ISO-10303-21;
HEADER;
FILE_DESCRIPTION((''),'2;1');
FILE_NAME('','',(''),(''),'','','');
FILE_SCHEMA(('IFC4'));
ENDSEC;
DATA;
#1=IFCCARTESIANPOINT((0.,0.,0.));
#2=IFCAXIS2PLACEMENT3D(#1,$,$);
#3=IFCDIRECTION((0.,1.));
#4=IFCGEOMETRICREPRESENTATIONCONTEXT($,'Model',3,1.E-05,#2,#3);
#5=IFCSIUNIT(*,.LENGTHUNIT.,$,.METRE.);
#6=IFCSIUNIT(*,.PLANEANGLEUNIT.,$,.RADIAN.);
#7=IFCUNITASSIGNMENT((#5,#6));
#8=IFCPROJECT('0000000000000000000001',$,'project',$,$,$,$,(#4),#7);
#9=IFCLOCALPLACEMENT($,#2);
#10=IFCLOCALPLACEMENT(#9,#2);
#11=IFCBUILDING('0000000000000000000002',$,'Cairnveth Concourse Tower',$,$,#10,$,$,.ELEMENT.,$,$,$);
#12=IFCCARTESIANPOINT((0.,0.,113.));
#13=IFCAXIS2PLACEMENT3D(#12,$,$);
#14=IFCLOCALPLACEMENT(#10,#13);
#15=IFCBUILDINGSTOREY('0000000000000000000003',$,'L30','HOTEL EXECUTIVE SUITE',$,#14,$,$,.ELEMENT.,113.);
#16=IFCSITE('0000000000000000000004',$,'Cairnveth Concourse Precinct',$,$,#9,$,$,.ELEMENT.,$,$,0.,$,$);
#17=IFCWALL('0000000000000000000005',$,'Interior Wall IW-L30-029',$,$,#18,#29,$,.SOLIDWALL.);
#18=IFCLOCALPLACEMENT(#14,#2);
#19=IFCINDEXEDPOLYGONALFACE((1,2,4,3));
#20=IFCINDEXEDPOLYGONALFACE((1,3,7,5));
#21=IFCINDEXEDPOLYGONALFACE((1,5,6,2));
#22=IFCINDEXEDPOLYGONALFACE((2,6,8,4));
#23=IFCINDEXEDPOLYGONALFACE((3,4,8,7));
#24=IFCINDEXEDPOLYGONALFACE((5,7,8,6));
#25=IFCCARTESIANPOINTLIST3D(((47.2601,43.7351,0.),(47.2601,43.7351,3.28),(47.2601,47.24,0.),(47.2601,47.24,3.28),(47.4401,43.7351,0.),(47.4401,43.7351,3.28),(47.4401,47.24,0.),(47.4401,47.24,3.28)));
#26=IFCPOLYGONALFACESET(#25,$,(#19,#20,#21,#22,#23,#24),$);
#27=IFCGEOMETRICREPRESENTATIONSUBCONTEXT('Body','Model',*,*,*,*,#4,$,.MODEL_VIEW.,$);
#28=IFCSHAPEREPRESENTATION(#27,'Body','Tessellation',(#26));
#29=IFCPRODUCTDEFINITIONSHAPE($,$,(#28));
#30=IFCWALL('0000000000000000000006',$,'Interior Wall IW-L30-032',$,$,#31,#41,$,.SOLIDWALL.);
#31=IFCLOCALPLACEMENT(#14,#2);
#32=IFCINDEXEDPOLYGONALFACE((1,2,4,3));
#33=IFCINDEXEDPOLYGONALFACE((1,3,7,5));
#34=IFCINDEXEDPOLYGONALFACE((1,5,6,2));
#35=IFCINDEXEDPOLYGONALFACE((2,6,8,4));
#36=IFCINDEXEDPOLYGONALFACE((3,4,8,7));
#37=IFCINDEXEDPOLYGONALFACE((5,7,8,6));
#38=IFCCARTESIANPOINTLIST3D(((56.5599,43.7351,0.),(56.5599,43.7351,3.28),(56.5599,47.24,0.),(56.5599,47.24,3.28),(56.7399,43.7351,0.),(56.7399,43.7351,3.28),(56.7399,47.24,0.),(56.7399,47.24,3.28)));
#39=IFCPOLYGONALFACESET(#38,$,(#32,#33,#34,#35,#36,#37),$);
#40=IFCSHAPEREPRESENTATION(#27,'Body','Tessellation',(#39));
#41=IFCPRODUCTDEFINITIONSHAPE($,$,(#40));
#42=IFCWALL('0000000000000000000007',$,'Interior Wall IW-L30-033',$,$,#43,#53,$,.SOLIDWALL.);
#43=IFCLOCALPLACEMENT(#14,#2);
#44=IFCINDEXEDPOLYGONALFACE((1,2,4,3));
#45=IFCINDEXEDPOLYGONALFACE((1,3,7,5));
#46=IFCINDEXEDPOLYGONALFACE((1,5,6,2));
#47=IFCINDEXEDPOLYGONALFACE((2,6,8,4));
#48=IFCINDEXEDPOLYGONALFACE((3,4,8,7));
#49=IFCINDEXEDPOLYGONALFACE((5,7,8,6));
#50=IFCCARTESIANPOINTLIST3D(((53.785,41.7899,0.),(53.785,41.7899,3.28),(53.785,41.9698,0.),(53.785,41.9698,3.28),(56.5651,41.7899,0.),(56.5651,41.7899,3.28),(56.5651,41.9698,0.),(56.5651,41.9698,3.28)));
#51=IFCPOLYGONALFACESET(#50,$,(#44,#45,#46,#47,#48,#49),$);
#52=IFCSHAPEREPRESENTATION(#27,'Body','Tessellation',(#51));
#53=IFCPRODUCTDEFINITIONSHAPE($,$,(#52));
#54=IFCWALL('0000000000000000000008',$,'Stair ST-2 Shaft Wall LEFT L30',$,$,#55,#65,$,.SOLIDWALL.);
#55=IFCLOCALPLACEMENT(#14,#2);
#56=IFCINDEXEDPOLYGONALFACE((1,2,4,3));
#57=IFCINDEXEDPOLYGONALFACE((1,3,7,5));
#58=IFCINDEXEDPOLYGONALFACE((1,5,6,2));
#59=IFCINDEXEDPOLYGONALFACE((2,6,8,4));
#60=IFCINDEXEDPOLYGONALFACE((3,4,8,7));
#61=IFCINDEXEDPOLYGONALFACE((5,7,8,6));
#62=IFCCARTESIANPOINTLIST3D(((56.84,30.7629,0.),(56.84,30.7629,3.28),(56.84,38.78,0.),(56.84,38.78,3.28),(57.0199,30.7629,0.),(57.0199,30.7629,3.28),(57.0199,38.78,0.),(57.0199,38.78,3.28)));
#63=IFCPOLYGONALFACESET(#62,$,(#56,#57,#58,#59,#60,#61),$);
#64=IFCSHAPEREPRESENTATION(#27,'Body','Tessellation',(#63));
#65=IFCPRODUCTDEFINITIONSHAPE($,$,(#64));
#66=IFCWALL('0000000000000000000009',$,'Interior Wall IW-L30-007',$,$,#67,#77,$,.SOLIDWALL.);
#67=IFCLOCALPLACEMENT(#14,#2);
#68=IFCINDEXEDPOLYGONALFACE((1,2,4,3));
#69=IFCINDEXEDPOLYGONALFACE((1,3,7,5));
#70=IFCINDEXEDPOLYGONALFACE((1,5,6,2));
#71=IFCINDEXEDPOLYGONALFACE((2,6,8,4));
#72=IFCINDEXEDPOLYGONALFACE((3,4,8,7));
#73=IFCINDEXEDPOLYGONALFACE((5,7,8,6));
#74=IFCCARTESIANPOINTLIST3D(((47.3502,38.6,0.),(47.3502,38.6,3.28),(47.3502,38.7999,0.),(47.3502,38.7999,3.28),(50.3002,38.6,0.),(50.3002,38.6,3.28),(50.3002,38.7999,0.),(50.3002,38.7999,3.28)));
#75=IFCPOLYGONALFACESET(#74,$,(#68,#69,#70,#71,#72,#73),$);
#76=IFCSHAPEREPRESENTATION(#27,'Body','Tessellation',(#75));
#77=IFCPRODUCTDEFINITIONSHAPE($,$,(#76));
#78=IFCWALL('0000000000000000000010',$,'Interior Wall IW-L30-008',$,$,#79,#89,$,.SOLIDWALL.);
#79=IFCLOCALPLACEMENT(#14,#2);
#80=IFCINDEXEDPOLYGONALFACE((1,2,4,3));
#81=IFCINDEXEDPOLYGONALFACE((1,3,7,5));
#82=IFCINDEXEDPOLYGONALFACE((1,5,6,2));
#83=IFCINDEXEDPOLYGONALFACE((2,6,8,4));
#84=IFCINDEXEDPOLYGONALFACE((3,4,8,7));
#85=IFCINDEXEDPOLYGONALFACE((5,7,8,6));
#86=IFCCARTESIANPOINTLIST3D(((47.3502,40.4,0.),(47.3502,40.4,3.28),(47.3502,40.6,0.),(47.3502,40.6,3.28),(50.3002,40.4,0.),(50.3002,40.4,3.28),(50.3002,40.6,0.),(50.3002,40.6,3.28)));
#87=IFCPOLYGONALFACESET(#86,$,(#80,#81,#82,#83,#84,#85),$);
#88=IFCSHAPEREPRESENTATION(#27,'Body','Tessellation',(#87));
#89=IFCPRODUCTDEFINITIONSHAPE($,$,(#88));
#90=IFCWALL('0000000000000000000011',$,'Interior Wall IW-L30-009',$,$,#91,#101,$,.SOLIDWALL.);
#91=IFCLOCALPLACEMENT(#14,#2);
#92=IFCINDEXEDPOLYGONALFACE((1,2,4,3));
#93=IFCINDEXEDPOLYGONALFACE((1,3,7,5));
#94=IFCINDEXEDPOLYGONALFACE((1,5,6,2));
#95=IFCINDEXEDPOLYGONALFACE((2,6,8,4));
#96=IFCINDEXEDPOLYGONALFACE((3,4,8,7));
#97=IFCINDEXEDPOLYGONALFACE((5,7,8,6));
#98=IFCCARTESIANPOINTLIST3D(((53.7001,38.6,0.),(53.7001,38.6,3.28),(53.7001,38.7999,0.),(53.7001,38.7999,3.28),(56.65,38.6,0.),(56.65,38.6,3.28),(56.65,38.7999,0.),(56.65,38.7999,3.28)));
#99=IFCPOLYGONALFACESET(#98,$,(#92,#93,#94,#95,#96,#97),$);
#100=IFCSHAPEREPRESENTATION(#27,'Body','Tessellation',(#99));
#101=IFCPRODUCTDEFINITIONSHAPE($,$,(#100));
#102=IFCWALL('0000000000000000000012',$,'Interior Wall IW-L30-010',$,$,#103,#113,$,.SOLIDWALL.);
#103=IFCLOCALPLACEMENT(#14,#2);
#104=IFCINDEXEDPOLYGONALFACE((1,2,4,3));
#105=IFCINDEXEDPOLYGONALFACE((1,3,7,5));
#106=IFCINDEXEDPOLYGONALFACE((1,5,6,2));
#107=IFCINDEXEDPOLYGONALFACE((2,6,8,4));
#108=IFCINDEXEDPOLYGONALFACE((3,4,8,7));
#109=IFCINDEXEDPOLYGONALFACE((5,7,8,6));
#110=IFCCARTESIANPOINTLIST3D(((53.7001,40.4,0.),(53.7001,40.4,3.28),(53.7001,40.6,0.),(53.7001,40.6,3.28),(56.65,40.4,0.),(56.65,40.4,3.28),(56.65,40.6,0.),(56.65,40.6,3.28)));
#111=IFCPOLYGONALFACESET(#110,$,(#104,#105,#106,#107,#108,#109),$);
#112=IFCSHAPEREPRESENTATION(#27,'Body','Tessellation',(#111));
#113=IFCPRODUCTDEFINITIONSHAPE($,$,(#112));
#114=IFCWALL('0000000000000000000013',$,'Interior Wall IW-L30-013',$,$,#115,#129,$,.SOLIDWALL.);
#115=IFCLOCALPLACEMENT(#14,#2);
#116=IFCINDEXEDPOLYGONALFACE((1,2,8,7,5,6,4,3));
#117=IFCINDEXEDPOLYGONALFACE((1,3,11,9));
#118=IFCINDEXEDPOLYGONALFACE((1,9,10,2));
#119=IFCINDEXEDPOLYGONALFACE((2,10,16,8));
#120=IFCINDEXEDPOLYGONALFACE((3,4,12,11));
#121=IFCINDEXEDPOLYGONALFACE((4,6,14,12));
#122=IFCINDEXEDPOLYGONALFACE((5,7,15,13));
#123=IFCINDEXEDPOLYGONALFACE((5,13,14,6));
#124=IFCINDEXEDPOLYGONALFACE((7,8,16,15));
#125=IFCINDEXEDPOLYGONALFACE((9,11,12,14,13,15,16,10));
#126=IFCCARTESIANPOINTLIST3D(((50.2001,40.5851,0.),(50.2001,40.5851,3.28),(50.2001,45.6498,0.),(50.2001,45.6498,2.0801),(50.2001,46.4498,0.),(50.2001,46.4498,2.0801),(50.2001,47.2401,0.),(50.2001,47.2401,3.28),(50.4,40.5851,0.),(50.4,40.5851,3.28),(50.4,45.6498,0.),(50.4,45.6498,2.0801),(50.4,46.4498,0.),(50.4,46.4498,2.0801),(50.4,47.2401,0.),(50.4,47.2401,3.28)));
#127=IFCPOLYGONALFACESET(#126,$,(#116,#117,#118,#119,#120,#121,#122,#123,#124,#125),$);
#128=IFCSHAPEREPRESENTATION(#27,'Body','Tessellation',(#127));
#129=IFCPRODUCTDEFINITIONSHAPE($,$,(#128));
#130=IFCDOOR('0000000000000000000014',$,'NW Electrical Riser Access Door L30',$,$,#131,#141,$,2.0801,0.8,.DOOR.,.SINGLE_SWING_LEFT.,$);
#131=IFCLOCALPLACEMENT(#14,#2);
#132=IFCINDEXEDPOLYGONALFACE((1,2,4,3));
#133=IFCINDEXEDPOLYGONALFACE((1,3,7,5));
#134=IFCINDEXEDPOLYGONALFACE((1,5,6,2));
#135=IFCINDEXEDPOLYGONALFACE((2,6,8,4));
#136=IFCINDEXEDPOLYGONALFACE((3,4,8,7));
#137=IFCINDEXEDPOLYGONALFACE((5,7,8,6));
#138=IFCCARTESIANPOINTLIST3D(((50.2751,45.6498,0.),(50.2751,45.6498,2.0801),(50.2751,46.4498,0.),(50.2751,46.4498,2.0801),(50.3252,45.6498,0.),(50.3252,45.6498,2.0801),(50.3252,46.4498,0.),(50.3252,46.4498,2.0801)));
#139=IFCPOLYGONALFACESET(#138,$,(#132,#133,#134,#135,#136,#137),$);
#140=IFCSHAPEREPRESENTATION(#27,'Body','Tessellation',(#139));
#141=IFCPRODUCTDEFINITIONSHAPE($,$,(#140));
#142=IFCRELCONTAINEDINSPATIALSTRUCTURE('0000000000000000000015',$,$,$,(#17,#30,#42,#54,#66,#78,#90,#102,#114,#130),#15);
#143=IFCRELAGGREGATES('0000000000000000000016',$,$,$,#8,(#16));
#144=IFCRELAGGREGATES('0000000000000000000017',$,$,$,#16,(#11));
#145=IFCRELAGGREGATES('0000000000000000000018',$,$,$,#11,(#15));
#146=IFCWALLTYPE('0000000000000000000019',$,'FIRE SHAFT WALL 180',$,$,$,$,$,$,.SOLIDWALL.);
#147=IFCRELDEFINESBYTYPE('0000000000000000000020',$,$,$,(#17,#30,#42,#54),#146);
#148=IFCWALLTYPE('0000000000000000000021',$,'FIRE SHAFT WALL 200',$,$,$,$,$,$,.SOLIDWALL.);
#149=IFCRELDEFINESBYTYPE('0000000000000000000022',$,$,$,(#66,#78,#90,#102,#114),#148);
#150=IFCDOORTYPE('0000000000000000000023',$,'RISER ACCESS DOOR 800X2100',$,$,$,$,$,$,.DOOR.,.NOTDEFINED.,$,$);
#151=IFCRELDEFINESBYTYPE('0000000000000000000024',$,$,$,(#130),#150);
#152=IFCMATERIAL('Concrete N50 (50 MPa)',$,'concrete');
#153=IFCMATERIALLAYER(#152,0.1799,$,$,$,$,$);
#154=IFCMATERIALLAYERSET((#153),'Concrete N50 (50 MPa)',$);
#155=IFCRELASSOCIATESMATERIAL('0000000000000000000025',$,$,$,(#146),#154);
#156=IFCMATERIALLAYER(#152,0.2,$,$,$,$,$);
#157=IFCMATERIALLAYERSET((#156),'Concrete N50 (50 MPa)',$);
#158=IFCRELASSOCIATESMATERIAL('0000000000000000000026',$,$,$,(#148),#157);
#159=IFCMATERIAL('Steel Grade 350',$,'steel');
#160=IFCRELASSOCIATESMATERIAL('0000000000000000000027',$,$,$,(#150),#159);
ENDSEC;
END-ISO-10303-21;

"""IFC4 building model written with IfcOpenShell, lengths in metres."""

from ifc_helpers import new_model, si_unit, direction, frame, frame_2d, origin, place, context, subcontext, project, spatial, rectangle, extrude, material, layer, layer_set, type_object, element, fill, save


model = new_model("IFC4")

# Units and contexts
model_context = context("Model", 3, precision=1e-05, world=origin(), true_north=direction((0.0, 1.0)))
body_context = subcontext(model_context, "Body", "Model", "MODEL_VIEW")
ifc_project = project(units=[si_unit("LENGTHUNIT", "METRE"), si_unit("PLANEANGLEUNIT", "RADIAN")], contexts=[model_context])

# Site, building, storey
site_placement = place(None, origin())
site = spatial("IfcSite", under=ifc_project, at=site_placement, Name="Cairnveth Concourse Precinct", CompositionType="ELEMENT", RefElevation=0.0)
building_placement = place(site_placement, origin())
building = spatial("IfcBuilding", under=site, at=building_placement, Name="Cairnveth Concourse Tower", CompositionType="ELEMENT")
storey_placement = place(building_placement, frame((0.0, 0.0, 113.0)))
storey = spatial("IfcBuildingStorey", under=building, at=storey_placement, Name="L30", Description="HOTEL EXECUTIVE SUITE", CompositionType="ELEMENT", Elevation=113.0)

# Walls
ifc_material_1 = material(Name="Concrete N50 (50 MPa)", Category="concrete")
ifc_layer_1 = layer(ifc_material_1, 0.1799)
ifc_layer_set_1 = layer_set([ifc_layer_1], Name="Concrete N50 (50 MPa)")
wall_type_1 = type_object("IfcWallType", Name="FIRE SHAFT WALL 180", PredefinedType="SOLIDWALL", material=ifc_layer_set_1)
for number, where, z_axis, x_axis, name in (
    (1, (47.3501, 43.7351, 0.0), (0.0, 0.0, 1.0), (0.0, 1.0, 0.0), "Interior Wall IW-L30-029"),
    (2, (56.6499, 43.7351, 0.0), (0.0, 0.0, 1.0), (0.0, 1.0, 0.0), "Interior Wall IW-L30-032"),
):
    element("IfcWall", number, at=place(storey_placement, frame(where, z_axis=z_axis, x_axis=x_axis)), inside=storey, type_object=wall_type_1, Name=name, PredefinedType="SOLIDWALL", context=body_context, shape_type="SweptSolid", body=[
        extrude(rectangle(XDim=3.5049, YDim=0.1799, at=frame_2d((1.7524, 0.0))), origin(), (0.0, 0.0, 1.0), 3.28),
    ])
wall_1_placement = place(storey_placement, frame((53.7849, 41.8799, 0.0), z_axis=(0.0, 0.0, 1.0), x_axis=(1.0, 0.0, 0.0)))
element("IfcWall", 3, at=wall_1_placement, inside=storey, type_object=wall_type_1, Name="Interior Wall IW-L30-033", PredefinedType="SOLIDWALL", context=body_context, shape_type="SweptSolid", body=[
    extrude(rectangle(XDim=2.78, YDim=0.1799, at=frame_2d((1.3901, 0.0))), origin(), (0.0, 0.0, 1.0), 3.28),
])
wall_2_placement = place(storey_placement, frame((56.9299, 38.78, 0.0), z_axis=(0.0, 0.0, 1.0), x_axis=(0.0, -1.0, 0.0)))
element("IfcWall", 4, at=wall_2_placement, inside=storey, type_object=wall_type_1, Name="Stair ST-2 Shaft Wall LEFT L30", PredefinedType="SOLIDWALL", context=body_context, shape_type="SweptSolid", body=[
    extrude(rectangle(XDim=8.0171, YDim=0.1799, at=frame_2d((4.0085, 0.0))), origin(), (0.0, 0.0, 1.0), 3.28),
])
ifc_layer_2 = layer(ifc_material_1, 0.2)
ifc_layer_set_2 = layer_set([ifc_layer_2], Name="Concrete N50 (50 MPa)")
wall_type_2 = type_object("IfcWallType", Name="FIRE SHAFT WALL 200", PredefinedType="SOLIDWALL", material=ifc_layer_set_2)
for number, where, z_axis, x_axis, name in (
    (5, (47.3501, 38.7, 0.0), (0.0, 0.0, 1.0), (1.0, 0.0, 0.0), "Interior Wall IW-L30-007"),
    (6, (47.3501, 40.5, 0.0), (0.0, 0.0, 1.0), (1.0, 0.0, 0.0), "Interior Wall IW-L30-008"),
    (7, (53.7, 38.7, 0.0), (0.0, 0.0, 1.0), (1.0, 0.0, 0.0), "Interior Wall IW-L30-009"),
    (8, (53.7, 40.5, 0.0), (0.0, 0.0, 1.0), (1.0, 0.0, 0.0), "Interior Wall IW-L30-010"),
):
    element("IfcWall", number, at=place(storey_placement, frame(where, z_axis=z_axis, x_axis=x_axis)), inside=storey, type_object=wall_type_2, Name=name, PredefinedType="SOLIDWALL", context=body_context, shape_type="SweptSolid", body=[
        extrude(rectangle(XDim=2.95, YDim=0.2, at=frame_2d((1.4751, 0.0))), origin(), (0.0, 0.0, 1.0), 3.28),
    ])

# Wall, opening, door
wall_3_placement = place(storey_placement, frame((50.3, 40.585, 0.0), z_axis=(0.0, 0.0, 1.0), x_axis=(0.0, 1.0, 0.0)))
wall_3 = element("IfcWall", 9, at=wall_3_placement, inside=storey, type_object=wall_type_2, Name="Interior Wall IW-L30-013", PredefinedType="SOLIDWALL", context=body_context, shape_type="SweptSolid", body=[
    extrude(rectangle(XDim=6.655, YDim=0.2, at=frame_2d((3.3276, 0.0))), origin(), (0.0, 0.0, 1.0), 3.28),
])
opening_1_placement = place(wall_3_placement, frame((5.0649, 0.0, 0.0)))
opening_1 = element("IfcOpeningElement", 10, at=opening_1_placement, cuts=wall_3, PredefinedType="OPENING", context=body_context, shape_type="SweptSolid", body=[
    extrude(rectangle(XDim=0.8, YDim=2.0801, at=frame_2d((0.3999, 1.04))), frame((0.0, 0.1099, 0.0), z_axis=(0.0, -1.0, 0.0), x_axis=(1.0, 0.0, 0.0)), (0.0, 0.0, 1.0), 0.22),
])
ifc_material_2 = material(Name="Steel Grade 350", Category="steel")
door_type_1 = type_object("IfcDoorType", Name="RISER ACCESS DOOR 800X2100", OperationType="NOTDEFINED", PredefinedType="DOOR", material=ifc_material_2)
door_1_placement = place(opening_1_placement, origin())
door_1 = element("IfcDoor", 11, at=door_1_placement, inside=storey, type_object=door_type_1, Name="NW Electrical Riser Access Door L30", OperationType="SINGLE_SWING_LEFT", OverallHeight=2.0801, OverallWidth=0.8, PredefinedType="DOOR", context=body_context, shape_type="SweptSolid", body=[
    extrude(rectangle(XDim=0.8, YDim=2.0801, at=frame_2d((0.3999, 1.04))), frame((0.0, 0.0249, 0.0), z_axis=(0.0, -1.0, 0.0), x_axis=(1.0, 0.0, 0.0)), (0.0, 0.0, 1.0), 0.05),
])
fill(opening_1, door_1)

save(model, "model.ifc")
